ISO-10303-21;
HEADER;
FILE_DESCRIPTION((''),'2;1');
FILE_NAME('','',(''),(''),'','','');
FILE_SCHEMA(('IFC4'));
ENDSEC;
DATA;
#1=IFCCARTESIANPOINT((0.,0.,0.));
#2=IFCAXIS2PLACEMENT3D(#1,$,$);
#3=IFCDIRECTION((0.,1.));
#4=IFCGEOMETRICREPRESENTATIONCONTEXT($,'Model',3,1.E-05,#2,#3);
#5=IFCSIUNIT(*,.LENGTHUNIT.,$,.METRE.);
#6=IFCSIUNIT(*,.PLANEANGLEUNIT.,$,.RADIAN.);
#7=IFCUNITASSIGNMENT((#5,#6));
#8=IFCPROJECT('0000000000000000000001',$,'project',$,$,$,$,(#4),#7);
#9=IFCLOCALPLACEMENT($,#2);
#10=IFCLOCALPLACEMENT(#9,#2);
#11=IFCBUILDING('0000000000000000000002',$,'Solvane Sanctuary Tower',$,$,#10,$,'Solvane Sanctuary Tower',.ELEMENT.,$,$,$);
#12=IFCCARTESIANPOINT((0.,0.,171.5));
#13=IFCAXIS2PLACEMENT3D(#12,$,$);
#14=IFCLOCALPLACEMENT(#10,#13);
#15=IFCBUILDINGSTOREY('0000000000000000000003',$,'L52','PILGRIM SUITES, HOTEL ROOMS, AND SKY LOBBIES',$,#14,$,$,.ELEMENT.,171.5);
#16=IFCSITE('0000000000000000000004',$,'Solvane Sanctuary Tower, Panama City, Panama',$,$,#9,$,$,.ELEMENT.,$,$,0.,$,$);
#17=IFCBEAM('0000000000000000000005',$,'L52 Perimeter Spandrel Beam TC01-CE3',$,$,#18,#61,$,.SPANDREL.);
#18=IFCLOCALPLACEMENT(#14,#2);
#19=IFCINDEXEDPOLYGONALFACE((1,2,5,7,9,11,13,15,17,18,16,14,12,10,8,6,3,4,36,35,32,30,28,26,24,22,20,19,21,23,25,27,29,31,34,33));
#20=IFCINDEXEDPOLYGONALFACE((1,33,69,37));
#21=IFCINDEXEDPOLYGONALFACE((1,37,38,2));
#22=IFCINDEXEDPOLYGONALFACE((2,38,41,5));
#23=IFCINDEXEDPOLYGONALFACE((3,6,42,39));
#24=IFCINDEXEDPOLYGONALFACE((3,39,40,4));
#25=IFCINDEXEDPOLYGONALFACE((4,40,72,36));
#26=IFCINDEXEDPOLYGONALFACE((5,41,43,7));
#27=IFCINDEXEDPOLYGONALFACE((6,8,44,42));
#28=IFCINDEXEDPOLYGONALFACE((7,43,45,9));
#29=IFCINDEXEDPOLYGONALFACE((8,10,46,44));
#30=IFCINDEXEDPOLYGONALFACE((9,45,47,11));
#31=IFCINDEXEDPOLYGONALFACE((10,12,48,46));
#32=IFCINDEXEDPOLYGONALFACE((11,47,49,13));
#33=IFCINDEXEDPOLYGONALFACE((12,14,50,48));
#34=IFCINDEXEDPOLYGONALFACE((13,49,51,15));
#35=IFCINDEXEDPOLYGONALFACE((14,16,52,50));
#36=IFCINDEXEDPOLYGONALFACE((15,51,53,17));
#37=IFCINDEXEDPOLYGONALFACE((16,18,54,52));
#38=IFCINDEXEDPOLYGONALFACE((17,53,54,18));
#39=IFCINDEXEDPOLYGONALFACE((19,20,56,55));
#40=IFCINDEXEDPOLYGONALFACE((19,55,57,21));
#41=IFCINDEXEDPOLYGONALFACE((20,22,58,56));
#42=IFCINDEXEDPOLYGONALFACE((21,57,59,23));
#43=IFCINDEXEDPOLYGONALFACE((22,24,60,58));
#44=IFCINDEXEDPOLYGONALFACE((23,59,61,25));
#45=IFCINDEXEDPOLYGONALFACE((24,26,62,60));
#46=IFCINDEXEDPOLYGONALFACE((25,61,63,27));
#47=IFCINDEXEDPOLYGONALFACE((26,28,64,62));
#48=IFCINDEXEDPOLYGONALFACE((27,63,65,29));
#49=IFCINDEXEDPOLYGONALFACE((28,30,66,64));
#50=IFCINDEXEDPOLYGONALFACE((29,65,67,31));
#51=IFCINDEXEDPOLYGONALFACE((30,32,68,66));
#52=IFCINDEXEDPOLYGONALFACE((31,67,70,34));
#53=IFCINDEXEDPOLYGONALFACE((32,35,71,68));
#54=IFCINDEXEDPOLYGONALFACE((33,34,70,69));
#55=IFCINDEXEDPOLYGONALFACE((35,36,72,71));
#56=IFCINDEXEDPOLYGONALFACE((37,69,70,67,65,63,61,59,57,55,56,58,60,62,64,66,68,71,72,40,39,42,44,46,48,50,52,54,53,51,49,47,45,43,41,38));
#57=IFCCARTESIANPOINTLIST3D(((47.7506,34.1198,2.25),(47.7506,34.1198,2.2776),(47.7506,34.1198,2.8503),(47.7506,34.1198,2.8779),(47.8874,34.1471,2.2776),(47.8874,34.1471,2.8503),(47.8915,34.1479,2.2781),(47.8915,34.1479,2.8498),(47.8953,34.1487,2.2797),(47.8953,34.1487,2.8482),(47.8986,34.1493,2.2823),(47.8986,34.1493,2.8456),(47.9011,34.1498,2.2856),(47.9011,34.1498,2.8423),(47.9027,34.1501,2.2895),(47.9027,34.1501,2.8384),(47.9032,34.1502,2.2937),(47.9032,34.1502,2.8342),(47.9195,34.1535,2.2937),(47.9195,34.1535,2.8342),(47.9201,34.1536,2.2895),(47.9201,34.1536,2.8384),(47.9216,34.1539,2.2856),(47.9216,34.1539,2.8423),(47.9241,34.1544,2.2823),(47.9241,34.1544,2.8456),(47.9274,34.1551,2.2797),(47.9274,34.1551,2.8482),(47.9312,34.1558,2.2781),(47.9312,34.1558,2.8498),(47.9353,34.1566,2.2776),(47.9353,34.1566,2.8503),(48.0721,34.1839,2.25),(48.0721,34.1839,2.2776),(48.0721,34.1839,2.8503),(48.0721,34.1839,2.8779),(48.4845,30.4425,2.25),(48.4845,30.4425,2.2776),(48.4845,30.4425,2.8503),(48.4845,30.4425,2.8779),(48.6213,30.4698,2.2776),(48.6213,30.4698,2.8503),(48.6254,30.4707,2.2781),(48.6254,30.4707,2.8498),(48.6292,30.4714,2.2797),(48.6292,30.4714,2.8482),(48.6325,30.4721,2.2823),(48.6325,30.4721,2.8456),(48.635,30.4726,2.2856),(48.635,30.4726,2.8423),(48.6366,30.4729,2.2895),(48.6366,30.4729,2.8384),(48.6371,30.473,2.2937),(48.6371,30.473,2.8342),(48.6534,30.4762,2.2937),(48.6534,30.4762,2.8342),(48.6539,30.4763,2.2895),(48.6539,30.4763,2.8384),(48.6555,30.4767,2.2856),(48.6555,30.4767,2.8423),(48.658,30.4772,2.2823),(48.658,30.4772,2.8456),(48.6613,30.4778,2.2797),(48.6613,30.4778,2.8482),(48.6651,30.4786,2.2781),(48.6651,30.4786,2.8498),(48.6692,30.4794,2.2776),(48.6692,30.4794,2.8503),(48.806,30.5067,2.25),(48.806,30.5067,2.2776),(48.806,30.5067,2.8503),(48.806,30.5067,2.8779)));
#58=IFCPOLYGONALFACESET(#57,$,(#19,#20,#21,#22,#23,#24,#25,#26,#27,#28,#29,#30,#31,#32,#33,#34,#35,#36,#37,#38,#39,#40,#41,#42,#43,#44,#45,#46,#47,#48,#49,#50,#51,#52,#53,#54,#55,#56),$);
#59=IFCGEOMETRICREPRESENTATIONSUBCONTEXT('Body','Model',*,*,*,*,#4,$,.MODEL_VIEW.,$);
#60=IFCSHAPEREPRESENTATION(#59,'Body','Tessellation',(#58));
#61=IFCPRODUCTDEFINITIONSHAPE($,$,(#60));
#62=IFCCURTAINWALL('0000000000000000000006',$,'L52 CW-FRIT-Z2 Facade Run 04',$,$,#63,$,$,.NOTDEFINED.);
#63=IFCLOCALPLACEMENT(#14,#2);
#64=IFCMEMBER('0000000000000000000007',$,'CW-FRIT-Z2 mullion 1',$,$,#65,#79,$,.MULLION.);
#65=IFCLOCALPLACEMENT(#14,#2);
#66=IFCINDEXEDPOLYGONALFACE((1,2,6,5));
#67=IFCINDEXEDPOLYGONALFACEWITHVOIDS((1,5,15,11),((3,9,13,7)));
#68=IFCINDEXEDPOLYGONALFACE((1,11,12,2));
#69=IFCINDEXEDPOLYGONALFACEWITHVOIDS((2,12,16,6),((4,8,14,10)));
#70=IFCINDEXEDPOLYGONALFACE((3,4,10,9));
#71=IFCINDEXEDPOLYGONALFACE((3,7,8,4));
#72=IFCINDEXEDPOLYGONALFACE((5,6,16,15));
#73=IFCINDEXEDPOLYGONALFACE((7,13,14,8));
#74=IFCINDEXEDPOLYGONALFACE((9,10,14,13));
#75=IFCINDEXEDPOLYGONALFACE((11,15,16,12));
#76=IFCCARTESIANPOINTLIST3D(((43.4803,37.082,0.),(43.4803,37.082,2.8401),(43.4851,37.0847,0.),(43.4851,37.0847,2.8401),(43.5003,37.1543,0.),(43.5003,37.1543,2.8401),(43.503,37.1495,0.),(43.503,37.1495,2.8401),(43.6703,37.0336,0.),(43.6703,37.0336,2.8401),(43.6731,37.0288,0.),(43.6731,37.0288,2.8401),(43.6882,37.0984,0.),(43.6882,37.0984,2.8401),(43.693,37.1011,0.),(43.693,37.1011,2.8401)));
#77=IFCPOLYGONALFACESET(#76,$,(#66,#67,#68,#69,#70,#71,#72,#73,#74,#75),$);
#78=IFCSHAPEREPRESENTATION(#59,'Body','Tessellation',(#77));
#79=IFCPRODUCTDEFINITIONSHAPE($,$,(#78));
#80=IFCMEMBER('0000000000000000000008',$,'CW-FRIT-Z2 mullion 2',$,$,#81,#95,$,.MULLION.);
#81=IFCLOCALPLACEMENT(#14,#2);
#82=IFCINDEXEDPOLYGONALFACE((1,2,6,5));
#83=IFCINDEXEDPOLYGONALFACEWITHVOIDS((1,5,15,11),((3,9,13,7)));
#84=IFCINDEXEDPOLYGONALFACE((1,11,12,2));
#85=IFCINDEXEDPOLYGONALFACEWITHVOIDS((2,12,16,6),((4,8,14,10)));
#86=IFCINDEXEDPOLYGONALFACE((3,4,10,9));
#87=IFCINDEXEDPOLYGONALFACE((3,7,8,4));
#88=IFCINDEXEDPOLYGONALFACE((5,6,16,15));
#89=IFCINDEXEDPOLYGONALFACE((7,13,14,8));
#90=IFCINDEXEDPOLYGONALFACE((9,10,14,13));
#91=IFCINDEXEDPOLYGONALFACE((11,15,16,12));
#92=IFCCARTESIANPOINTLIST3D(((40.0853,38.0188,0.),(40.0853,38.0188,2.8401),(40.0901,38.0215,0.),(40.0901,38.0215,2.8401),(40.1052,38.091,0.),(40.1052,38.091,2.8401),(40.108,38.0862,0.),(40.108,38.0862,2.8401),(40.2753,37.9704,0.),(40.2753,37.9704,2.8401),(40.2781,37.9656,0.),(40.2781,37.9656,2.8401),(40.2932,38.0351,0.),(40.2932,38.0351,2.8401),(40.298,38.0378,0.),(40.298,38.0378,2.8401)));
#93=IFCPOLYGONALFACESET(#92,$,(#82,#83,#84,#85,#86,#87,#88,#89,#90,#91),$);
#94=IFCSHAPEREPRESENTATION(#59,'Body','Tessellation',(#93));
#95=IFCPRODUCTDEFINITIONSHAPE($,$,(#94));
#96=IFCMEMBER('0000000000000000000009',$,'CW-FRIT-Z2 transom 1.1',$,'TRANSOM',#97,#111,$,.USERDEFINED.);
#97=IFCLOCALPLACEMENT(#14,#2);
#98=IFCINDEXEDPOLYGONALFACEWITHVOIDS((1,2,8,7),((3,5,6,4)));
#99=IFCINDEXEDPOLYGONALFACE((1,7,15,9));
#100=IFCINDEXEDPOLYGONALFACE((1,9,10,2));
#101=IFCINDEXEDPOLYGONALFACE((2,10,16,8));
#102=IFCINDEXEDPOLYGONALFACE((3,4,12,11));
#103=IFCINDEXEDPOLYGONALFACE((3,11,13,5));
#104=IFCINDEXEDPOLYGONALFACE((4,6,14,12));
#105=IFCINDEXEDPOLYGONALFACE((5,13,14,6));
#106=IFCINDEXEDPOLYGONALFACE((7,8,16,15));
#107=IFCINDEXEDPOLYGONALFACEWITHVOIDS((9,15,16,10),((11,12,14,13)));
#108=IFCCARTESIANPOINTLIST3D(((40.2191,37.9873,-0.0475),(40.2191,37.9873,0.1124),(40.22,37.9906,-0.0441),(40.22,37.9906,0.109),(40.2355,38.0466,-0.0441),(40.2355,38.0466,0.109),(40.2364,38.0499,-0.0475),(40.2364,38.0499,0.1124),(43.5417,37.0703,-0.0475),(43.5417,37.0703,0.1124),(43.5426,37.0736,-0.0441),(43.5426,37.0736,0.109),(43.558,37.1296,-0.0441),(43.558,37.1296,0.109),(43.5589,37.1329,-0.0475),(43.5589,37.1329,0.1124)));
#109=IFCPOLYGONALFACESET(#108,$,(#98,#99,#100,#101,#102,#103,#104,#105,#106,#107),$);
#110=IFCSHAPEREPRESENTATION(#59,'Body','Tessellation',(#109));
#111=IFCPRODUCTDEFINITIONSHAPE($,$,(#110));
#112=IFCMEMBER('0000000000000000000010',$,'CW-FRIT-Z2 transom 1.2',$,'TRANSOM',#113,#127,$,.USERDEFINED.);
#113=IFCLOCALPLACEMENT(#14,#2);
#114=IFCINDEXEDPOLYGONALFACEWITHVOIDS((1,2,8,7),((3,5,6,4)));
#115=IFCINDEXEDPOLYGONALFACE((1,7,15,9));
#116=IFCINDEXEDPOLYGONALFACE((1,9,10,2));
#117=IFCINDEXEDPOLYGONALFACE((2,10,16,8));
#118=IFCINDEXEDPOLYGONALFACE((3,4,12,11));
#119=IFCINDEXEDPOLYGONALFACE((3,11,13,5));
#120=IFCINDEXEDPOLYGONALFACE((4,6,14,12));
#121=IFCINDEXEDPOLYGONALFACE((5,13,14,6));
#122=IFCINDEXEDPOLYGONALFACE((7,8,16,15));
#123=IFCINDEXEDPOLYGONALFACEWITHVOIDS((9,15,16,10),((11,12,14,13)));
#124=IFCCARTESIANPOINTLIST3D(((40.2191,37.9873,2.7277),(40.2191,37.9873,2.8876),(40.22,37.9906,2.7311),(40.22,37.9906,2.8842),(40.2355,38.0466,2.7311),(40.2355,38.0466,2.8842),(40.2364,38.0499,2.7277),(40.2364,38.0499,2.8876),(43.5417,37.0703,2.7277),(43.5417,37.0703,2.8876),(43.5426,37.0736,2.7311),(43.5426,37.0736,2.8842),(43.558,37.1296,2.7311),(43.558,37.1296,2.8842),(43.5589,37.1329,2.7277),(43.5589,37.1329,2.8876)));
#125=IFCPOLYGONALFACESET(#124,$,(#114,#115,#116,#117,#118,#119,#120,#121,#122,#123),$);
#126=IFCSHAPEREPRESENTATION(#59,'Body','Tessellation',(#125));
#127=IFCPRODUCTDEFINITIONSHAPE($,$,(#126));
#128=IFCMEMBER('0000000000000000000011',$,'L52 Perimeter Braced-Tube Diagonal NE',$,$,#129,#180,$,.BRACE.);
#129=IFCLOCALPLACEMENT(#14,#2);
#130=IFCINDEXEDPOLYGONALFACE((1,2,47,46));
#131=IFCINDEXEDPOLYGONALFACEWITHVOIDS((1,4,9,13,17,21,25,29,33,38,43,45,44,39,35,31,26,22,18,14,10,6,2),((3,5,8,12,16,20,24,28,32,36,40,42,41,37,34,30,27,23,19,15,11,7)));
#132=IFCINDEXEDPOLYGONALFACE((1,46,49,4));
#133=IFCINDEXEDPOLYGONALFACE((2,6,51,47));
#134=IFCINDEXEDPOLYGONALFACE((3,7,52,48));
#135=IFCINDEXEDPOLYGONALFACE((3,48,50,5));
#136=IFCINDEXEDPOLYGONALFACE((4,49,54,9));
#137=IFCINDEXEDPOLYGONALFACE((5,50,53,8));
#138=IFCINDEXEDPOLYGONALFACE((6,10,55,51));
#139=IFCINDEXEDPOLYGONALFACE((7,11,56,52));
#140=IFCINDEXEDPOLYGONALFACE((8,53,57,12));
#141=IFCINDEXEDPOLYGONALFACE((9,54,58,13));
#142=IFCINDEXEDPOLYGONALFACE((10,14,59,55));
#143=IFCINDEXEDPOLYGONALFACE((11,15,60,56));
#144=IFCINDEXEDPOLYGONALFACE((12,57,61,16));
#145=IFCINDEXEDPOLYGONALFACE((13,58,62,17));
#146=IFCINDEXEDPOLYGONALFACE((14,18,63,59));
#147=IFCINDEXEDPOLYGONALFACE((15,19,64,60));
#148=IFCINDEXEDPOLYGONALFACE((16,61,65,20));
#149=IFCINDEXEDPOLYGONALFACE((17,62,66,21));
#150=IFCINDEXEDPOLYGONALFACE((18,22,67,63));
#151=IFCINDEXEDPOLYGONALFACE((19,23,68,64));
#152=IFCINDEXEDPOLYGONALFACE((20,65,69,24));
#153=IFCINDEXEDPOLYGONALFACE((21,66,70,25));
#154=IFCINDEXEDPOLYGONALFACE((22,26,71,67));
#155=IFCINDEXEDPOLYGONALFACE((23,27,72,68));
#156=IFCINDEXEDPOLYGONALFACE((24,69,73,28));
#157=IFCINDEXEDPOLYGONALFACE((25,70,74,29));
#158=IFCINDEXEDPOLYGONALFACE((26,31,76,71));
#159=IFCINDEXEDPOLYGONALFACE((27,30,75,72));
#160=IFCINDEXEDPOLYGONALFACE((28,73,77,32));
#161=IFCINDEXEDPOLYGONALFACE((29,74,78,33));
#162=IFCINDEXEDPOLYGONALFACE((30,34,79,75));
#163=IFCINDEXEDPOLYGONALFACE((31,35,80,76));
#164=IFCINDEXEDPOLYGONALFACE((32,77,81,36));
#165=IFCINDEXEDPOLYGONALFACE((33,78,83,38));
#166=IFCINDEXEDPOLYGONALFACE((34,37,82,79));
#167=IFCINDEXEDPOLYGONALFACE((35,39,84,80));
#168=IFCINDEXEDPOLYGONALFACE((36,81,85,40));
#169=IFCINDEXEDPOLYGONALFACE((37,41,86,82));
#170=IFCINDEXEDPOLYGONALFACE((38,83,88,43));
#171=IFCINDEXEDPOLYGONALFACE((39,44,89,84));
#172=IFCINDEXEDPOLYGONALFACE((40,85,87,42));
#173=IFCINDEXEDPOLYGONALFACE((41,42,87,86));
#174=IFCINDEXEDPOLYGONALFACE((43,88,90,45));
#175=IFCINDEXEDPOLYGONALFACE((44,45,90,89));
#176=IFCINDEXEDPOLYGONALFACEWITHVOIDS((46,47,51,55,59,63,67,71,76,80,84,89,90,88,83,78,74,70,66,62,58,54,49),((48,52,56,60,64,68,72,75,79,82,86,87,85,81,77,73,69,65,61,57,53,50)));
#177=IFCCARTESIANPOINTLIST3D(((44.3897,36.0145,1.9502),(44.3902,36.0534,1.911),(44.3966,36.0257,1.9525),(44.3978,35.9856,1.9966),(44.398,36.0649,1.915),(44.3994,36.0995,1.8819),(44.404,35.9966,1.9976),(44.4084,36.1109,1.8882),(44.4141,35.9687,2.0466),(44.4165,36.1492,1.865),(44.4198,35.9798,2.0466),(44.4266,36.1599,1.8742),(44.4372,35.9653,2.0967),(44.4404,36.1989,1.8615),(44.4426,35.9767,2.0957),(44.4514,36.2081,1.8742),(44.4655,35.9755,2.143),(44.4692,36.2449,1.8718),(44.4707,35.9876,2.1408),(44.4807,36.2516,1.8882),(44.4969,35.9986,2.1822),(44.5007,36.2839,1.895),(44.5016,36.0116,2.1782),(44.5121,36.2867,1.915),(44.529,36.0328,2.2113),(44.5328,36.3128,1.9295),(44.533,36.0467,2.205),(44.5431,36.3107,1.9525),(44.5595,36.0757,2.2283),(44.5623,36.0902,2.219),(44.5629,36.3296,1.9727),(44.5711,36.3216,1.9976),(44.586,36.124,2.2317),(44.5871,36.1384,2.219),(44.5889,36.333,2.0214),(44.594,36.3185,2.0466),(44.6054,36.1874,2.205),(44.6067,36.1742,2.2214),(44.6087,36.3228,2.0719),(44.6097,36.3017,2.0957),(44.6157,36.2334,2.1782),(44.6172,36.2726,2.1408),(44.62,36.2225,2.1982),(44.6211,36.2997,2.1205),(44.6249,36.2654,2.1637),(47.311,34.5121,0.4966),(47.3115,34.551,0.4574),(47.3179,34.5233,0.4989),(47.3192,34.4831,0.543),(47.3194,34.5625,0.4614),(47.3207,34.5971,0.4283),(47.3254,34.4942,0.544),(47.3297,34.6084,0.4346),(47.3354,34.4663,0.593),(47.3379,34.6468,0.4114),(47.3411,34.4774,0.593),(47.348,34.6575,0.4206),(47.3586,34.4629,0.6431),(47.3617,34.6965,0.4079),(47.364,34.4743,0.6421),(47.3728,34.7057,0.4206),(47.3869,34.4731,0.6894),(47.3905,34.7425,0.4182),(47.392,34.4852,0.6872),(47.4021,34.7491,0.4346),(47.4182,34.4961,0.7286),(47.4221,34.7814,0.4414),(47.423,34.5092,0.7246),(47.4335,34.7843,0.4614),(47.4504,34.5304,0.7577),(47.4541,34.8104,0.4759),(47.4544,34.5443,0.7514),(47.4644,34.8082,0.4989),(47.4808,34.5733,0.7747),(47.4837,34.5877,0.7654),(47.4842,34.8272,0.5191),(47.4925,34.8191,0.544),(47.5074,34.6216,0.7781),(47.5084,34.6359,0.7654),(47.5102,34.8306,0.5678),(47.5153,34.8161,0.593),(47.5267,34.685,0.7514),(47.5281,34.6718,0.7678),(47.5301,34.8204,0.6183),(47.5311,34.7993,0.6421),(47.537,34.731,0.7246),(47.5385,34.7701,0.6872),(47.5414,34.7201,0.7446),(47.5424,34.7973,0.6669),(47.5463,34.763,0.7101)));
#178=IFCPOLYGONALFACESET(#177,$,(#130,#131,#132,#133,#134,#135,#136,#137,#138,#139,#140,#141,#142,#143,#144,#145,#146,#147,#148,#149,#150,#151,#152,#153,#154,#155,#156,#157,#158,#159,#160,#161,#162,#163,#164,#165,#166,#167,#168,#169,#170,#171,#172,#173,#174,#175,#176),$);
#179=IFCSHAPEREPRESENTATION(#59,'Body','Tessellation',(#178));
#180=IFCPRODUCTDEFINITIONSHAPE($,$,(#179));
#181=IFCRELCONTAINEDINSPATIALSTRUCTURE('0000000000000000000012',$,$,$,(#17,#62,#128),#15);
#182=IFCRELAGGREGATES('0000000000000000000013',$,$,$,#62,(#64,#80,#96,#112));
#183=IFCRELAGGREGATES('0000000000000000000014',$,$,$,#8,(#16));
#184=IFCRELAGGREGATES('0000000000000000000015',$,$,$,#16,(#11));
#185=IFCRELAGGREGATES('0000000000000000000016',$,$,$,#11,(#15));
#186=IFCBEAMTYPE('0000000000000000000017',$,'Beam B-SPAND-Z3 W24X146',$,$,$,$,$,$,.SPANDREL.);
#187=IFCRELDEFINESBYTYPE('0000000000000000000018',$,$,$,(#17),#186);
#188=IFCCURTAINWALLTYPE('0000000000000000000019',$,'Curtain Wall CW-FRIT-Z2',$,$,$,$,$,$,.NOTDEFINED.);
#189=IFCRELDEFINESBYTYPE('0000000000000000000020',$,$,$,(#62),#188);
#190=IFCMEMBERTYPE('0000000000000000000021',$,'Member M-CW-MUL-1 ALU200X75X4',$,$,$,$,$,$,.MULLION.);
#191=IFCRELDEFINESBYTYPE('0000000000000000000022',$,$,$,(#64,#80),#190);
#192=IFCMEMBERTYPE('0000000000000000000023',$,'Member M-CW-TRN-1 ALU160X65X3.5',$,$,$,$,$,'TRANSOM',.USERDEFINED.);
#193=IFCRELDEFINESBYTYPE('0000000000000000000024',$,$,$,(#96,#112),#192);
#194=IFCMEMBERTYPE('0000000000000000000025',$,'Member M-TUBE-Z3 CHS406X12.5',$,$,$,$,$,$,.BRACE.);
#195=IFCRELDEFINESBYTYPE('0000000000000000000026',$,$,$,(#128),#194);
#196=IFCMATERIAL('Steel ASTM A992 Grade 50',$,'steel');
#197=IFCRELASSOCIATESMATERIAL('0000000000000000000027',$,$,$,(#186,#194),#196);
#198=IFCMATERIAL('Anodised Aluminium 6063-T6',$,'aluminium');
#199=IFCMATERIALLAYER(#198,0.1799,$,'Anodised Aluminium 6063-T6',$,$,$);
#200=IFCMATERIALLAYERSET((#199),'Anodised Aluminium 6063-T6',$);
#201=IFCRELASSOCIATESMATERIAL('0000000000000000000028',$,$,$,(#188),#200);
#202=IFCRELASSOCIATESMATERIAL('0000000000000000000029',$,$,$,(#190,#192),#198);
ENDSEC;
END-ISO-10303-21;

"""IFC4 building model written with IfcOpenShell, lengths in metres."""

from ifc_helpers import new_model, si_unit, direction, frame, origin, origin_2d, place, context, subcontext, project, spatial, hollow_rectangle, hollow_circle, i_section, extrude, material, layer, layer_set, material_profile, profile_set, type_object, element, aggregate, save


model = new_model("IFC4")

# Units and contexts
model_context = context("Model", 3, precision=1e-05, world=origin(), true_north=direction((0.0, 1.0)))
body_context = subcontext(model_context, "Body", "Model", "MODEL_VIEW")
ifc_project = project(units=[si_unit("LENGTHUNIT", "METRE"), si_unit("PLANEANGLEUNIT", "RADIAN")], contexts=[model_context])

# Site, building, storey
site_placement = place(None, origin())
site = spatial("IfcSite", under=ifc_project, at=site_placement, Name="Solvane Sanctuary Tower, Panama City, Panama", CompositionType="ELEMENT", RefElevation=0.0)
building_placement = place(site_placement, origin())
building = spatial("IfcBuilding", under=site, at=building_placement, Name="Solvane Sanctuary Tower", LongName="Solvane Sanctuary Tower", CompositionType="ELEMENT")
storey_placement = place(building_placement, frame((0.0, 0.0, 171.5)))
storey = spatial("IfcBuildingStorey", under=building, at=storey_placement, Name="L52", Description="PILGRIM SUITES, HOTEL ROOMS, AND SKY LOBBIES", CompositionType="ELEMENT", Elevation=171.5)

# Beam
ifc_material_1 = material(Name="Steel ASTM A992 Grade 50", Category="steel")
ifc_material_profile_1 = material_profile(ifc_material_1, i_section(OverallWidth=0.3279, OverallDepth=0.6279, WebThickness=0.0166, FlangeThickness=0.0276, FilletRadius=0.0161, at=origin_2d()), Name="W24X146")
ifc_profile_set_1 = profile_set([ifc_material_profile_1], Name="Steel ASTM A992 Grade 50")
beam_type_1 = type_object("IfcBeamType", Name="Beam B-SPAND-Z3 W24X146", PredefinedType="SPANDREL", material=ifc_profile_set_1)
beam_1_placement = place(storey_placement, frame((47.9114, 34.1519, 2.564), z_axis=(0.195715, -0.980661, 0.0), x_axis=(0.980661, 0.195715, 0.0)))
element("IfcBeam", 1, at=beam_1_placement, inside=storey, type_object=beam_type_1, Name="L52 Perimeter Spandrel Beam TC01-CE3", PredefinedType="SPANDREL", context=body_context, shape_type="SweptSolid", body=[
    extrude(i_section(OverallWidth=0.3279, OverallDepth=0.6279, WebThickness=0.0166, FlangeThickness=0.0276, FilletRadius=0.0161, at=origin_2d()), origin(), (0.0, 0.0, 1.0), 3.7498),
])

# Curtain wall, members
ifc_material_2 = material(Name="Anodised Aluminium 6063-T6", Category="aluminium")
ifc_layer_1 = layer(ifc_material_2, 0.1799, Name="Anodised Aluminium 6063-T6")
ifc_layer_set_1 = layer_set([ifc_layer_1], Name="Anodised Aluminium 6063-T6")
curtain_wall_type = type_object("IfcCurtainWallType", Name="Curtain Wall CW-FRIT-Z2", PredefinedType="NOTDEFINED", material=ifc_layer_set_1)
curtain_wall_placement = place(storey_placement, origin())
curtain_wall = element("IfcCurtainWall", 2, at=curtain_wall_placement, inside=storey, type_object=curtain_wall_type, Name="L52 CW-FRIT-Z2 Facade Run 04", PredefinedType="NOTDEFINED")
ifc_material_profile_2 = material_profile(ifc_material_2, hollow_rectangle(XDim=0.075, YDim=0.2, WallThickness=0.0039, at=origin_2d()), Name="ALU200X75X4")
ifc_profile_set_2 = profile_set([ifc_material_profile_2], Name="Anodised Aluminium 6063-T6")
member_type_1 = type_object("IfcMemberType", Name="Member M-CW-MUL-1 ALU200X75X4", PredefinedType="MULLION", material=ifc_profile_set_2)
member_1_placement = place(storey_placement, frame((43.5867, 37.0916, 0.0), z_axis=(0.0, 0.0, 1.0), x_axis=(-0.266022, -0.963967, 0.0)))
member_1 = element("IfcMember", 3, at=member_1_placement, type_object=member_type_1, Name="CW-FRIT-Z2 mullion 1", PredefinedType="MULLION", context=body_context, shape_type="SweptSolid", body=[
    extrude(hollow_rectangle(XDim=0.075, YDim=0.2, WallThickness=0.0039, at=origin_2d()), origin(), (0.0, 0.0, 1.0), 2.8401),
])
member_2_placement = place(storey_placement, frame((40.1917, 38.0283, 0.0), z_axis=(0.0, 0.0, 1.0), x_axis=(-0.266022, -0.963967, 0.0)))
member_2 = element("IfcMember", 4, at=member_2_placement, type_object=member_type_1, Name="CW-FRIT-Z2 mullion 2", PredefinedType="MULLION", context=body_context, shape_type="SweptSolid", body=[
    extrude(hollow_rectangle(XDim=0.075, YDim=0.2, WallThickness=0.0039, at=origin_2d()), origin(), (0.0, 0.0, 1.0), 2.8401),
])
ifc_material_profile_3 = material_profile(ifc_material_2, hollow_rectangle(XDim=0.0649, YDim=0.1599, WallThickness=0.0034, at=origin_2d()), Name="ALU160X65X3.5")
ifc_profile_set_3 = profile_set([ifc_material_profile_3], Name="Anodised Aluminium 6063-T6")
member_type_2 = type_object("IfcMemberType", Name="Member M-CW-TRN-1 ALU160X65X3.5", ElementType="TRANSOM", PredefinedType="USERDEFINED", material=ifc_profile_set_3)
member_3_placement = place(storey_placement, frame((43.5503, 37.1016, 0.0325), z_axis=(-0.96396, 0.266047, 0.0), x_axis=(-0.266047, -0.96396, 0.0)))
member_3 = element("IfcMember", 5, at=member_3_placement, type_object=member_type_2, Name="CW-FRIT-Z2 transom 1.1", ObjectType="TRANSOM", PredefinedType="USERDEFINED", context=body_context, shape_type="SweptSolid", body=[
    extrude(hollow_rectangle(XDim=0.0649, YDim=0.1599, WallThickness=0.0034, at=origin_2d()), origin(), (0.0, 0.0, 1.0), 3.4468),
])
member_4_placement = place(storey_placement, frame((43.5503, 37.1016, 2.8076), z_axis=(-0.96396, 0.266047, 0.0), x_axis=(-0.266047, -0.96396, 0.0)))
member_4 = element("IfcMember", 6, at=member_4_placement, type_object=member_type_2, Name="CW-FRIT-Z2 transom 1.2", ObjectType="TRANSOM", PredefinedType="USERDEFINED", context=body_context, shape_type="SweptSolid", body=[
    extrude(hollow_rectangle(XDim=0.0649, YDim=0.1599, WallThickness=0.0034, at=origin_2d()), origin(), (0.0, 0.0, 1.0), 3.4468),
])

# Member
ifc_material_profile_4 = material_profile(ifc_material_1, hollow_circle(Radius=0.2029, WallThickness=0.0125, at=origin_2d()), Name="CHS406X12.5")
ifc_profile_set_4 = profile_set([ifc_material_profile_4], Name="Steel ASTM A992 Grade 50")
member_type_3 = type_object("IfcMemberType", Name="Member M-TUBE-Z3 CHS406X12.5", PredefinedType="BRACE", material=ifc_profile_set_4)
member_5_placement = place(storey_placement, frame((47.4282, 34.6467, 0.593), z_axis=(-0.813229, 0.418236, 0.404644), x_axis=(-0.457351, -0.889286, 0.0)))
element("IfcMember", 7, at=member_5_placement, inside=storey, type_object=member_type_3, Name="L52 Perimeter Braced-Tube Diagonal NE", PredefinedType="BRACE", context=body_context, shape_type="SweptSolid", body=[
    extrude(hollow_circle(Radius=0.2029, WallThickness=0.0125, at=origin_2d()), origin(), (0.0, 0.0, 1.0), 3.5923),
])

aggregate(curtain_wall, [member_1, member_2, member_3, member_4])

save(model, "model.ifc")
